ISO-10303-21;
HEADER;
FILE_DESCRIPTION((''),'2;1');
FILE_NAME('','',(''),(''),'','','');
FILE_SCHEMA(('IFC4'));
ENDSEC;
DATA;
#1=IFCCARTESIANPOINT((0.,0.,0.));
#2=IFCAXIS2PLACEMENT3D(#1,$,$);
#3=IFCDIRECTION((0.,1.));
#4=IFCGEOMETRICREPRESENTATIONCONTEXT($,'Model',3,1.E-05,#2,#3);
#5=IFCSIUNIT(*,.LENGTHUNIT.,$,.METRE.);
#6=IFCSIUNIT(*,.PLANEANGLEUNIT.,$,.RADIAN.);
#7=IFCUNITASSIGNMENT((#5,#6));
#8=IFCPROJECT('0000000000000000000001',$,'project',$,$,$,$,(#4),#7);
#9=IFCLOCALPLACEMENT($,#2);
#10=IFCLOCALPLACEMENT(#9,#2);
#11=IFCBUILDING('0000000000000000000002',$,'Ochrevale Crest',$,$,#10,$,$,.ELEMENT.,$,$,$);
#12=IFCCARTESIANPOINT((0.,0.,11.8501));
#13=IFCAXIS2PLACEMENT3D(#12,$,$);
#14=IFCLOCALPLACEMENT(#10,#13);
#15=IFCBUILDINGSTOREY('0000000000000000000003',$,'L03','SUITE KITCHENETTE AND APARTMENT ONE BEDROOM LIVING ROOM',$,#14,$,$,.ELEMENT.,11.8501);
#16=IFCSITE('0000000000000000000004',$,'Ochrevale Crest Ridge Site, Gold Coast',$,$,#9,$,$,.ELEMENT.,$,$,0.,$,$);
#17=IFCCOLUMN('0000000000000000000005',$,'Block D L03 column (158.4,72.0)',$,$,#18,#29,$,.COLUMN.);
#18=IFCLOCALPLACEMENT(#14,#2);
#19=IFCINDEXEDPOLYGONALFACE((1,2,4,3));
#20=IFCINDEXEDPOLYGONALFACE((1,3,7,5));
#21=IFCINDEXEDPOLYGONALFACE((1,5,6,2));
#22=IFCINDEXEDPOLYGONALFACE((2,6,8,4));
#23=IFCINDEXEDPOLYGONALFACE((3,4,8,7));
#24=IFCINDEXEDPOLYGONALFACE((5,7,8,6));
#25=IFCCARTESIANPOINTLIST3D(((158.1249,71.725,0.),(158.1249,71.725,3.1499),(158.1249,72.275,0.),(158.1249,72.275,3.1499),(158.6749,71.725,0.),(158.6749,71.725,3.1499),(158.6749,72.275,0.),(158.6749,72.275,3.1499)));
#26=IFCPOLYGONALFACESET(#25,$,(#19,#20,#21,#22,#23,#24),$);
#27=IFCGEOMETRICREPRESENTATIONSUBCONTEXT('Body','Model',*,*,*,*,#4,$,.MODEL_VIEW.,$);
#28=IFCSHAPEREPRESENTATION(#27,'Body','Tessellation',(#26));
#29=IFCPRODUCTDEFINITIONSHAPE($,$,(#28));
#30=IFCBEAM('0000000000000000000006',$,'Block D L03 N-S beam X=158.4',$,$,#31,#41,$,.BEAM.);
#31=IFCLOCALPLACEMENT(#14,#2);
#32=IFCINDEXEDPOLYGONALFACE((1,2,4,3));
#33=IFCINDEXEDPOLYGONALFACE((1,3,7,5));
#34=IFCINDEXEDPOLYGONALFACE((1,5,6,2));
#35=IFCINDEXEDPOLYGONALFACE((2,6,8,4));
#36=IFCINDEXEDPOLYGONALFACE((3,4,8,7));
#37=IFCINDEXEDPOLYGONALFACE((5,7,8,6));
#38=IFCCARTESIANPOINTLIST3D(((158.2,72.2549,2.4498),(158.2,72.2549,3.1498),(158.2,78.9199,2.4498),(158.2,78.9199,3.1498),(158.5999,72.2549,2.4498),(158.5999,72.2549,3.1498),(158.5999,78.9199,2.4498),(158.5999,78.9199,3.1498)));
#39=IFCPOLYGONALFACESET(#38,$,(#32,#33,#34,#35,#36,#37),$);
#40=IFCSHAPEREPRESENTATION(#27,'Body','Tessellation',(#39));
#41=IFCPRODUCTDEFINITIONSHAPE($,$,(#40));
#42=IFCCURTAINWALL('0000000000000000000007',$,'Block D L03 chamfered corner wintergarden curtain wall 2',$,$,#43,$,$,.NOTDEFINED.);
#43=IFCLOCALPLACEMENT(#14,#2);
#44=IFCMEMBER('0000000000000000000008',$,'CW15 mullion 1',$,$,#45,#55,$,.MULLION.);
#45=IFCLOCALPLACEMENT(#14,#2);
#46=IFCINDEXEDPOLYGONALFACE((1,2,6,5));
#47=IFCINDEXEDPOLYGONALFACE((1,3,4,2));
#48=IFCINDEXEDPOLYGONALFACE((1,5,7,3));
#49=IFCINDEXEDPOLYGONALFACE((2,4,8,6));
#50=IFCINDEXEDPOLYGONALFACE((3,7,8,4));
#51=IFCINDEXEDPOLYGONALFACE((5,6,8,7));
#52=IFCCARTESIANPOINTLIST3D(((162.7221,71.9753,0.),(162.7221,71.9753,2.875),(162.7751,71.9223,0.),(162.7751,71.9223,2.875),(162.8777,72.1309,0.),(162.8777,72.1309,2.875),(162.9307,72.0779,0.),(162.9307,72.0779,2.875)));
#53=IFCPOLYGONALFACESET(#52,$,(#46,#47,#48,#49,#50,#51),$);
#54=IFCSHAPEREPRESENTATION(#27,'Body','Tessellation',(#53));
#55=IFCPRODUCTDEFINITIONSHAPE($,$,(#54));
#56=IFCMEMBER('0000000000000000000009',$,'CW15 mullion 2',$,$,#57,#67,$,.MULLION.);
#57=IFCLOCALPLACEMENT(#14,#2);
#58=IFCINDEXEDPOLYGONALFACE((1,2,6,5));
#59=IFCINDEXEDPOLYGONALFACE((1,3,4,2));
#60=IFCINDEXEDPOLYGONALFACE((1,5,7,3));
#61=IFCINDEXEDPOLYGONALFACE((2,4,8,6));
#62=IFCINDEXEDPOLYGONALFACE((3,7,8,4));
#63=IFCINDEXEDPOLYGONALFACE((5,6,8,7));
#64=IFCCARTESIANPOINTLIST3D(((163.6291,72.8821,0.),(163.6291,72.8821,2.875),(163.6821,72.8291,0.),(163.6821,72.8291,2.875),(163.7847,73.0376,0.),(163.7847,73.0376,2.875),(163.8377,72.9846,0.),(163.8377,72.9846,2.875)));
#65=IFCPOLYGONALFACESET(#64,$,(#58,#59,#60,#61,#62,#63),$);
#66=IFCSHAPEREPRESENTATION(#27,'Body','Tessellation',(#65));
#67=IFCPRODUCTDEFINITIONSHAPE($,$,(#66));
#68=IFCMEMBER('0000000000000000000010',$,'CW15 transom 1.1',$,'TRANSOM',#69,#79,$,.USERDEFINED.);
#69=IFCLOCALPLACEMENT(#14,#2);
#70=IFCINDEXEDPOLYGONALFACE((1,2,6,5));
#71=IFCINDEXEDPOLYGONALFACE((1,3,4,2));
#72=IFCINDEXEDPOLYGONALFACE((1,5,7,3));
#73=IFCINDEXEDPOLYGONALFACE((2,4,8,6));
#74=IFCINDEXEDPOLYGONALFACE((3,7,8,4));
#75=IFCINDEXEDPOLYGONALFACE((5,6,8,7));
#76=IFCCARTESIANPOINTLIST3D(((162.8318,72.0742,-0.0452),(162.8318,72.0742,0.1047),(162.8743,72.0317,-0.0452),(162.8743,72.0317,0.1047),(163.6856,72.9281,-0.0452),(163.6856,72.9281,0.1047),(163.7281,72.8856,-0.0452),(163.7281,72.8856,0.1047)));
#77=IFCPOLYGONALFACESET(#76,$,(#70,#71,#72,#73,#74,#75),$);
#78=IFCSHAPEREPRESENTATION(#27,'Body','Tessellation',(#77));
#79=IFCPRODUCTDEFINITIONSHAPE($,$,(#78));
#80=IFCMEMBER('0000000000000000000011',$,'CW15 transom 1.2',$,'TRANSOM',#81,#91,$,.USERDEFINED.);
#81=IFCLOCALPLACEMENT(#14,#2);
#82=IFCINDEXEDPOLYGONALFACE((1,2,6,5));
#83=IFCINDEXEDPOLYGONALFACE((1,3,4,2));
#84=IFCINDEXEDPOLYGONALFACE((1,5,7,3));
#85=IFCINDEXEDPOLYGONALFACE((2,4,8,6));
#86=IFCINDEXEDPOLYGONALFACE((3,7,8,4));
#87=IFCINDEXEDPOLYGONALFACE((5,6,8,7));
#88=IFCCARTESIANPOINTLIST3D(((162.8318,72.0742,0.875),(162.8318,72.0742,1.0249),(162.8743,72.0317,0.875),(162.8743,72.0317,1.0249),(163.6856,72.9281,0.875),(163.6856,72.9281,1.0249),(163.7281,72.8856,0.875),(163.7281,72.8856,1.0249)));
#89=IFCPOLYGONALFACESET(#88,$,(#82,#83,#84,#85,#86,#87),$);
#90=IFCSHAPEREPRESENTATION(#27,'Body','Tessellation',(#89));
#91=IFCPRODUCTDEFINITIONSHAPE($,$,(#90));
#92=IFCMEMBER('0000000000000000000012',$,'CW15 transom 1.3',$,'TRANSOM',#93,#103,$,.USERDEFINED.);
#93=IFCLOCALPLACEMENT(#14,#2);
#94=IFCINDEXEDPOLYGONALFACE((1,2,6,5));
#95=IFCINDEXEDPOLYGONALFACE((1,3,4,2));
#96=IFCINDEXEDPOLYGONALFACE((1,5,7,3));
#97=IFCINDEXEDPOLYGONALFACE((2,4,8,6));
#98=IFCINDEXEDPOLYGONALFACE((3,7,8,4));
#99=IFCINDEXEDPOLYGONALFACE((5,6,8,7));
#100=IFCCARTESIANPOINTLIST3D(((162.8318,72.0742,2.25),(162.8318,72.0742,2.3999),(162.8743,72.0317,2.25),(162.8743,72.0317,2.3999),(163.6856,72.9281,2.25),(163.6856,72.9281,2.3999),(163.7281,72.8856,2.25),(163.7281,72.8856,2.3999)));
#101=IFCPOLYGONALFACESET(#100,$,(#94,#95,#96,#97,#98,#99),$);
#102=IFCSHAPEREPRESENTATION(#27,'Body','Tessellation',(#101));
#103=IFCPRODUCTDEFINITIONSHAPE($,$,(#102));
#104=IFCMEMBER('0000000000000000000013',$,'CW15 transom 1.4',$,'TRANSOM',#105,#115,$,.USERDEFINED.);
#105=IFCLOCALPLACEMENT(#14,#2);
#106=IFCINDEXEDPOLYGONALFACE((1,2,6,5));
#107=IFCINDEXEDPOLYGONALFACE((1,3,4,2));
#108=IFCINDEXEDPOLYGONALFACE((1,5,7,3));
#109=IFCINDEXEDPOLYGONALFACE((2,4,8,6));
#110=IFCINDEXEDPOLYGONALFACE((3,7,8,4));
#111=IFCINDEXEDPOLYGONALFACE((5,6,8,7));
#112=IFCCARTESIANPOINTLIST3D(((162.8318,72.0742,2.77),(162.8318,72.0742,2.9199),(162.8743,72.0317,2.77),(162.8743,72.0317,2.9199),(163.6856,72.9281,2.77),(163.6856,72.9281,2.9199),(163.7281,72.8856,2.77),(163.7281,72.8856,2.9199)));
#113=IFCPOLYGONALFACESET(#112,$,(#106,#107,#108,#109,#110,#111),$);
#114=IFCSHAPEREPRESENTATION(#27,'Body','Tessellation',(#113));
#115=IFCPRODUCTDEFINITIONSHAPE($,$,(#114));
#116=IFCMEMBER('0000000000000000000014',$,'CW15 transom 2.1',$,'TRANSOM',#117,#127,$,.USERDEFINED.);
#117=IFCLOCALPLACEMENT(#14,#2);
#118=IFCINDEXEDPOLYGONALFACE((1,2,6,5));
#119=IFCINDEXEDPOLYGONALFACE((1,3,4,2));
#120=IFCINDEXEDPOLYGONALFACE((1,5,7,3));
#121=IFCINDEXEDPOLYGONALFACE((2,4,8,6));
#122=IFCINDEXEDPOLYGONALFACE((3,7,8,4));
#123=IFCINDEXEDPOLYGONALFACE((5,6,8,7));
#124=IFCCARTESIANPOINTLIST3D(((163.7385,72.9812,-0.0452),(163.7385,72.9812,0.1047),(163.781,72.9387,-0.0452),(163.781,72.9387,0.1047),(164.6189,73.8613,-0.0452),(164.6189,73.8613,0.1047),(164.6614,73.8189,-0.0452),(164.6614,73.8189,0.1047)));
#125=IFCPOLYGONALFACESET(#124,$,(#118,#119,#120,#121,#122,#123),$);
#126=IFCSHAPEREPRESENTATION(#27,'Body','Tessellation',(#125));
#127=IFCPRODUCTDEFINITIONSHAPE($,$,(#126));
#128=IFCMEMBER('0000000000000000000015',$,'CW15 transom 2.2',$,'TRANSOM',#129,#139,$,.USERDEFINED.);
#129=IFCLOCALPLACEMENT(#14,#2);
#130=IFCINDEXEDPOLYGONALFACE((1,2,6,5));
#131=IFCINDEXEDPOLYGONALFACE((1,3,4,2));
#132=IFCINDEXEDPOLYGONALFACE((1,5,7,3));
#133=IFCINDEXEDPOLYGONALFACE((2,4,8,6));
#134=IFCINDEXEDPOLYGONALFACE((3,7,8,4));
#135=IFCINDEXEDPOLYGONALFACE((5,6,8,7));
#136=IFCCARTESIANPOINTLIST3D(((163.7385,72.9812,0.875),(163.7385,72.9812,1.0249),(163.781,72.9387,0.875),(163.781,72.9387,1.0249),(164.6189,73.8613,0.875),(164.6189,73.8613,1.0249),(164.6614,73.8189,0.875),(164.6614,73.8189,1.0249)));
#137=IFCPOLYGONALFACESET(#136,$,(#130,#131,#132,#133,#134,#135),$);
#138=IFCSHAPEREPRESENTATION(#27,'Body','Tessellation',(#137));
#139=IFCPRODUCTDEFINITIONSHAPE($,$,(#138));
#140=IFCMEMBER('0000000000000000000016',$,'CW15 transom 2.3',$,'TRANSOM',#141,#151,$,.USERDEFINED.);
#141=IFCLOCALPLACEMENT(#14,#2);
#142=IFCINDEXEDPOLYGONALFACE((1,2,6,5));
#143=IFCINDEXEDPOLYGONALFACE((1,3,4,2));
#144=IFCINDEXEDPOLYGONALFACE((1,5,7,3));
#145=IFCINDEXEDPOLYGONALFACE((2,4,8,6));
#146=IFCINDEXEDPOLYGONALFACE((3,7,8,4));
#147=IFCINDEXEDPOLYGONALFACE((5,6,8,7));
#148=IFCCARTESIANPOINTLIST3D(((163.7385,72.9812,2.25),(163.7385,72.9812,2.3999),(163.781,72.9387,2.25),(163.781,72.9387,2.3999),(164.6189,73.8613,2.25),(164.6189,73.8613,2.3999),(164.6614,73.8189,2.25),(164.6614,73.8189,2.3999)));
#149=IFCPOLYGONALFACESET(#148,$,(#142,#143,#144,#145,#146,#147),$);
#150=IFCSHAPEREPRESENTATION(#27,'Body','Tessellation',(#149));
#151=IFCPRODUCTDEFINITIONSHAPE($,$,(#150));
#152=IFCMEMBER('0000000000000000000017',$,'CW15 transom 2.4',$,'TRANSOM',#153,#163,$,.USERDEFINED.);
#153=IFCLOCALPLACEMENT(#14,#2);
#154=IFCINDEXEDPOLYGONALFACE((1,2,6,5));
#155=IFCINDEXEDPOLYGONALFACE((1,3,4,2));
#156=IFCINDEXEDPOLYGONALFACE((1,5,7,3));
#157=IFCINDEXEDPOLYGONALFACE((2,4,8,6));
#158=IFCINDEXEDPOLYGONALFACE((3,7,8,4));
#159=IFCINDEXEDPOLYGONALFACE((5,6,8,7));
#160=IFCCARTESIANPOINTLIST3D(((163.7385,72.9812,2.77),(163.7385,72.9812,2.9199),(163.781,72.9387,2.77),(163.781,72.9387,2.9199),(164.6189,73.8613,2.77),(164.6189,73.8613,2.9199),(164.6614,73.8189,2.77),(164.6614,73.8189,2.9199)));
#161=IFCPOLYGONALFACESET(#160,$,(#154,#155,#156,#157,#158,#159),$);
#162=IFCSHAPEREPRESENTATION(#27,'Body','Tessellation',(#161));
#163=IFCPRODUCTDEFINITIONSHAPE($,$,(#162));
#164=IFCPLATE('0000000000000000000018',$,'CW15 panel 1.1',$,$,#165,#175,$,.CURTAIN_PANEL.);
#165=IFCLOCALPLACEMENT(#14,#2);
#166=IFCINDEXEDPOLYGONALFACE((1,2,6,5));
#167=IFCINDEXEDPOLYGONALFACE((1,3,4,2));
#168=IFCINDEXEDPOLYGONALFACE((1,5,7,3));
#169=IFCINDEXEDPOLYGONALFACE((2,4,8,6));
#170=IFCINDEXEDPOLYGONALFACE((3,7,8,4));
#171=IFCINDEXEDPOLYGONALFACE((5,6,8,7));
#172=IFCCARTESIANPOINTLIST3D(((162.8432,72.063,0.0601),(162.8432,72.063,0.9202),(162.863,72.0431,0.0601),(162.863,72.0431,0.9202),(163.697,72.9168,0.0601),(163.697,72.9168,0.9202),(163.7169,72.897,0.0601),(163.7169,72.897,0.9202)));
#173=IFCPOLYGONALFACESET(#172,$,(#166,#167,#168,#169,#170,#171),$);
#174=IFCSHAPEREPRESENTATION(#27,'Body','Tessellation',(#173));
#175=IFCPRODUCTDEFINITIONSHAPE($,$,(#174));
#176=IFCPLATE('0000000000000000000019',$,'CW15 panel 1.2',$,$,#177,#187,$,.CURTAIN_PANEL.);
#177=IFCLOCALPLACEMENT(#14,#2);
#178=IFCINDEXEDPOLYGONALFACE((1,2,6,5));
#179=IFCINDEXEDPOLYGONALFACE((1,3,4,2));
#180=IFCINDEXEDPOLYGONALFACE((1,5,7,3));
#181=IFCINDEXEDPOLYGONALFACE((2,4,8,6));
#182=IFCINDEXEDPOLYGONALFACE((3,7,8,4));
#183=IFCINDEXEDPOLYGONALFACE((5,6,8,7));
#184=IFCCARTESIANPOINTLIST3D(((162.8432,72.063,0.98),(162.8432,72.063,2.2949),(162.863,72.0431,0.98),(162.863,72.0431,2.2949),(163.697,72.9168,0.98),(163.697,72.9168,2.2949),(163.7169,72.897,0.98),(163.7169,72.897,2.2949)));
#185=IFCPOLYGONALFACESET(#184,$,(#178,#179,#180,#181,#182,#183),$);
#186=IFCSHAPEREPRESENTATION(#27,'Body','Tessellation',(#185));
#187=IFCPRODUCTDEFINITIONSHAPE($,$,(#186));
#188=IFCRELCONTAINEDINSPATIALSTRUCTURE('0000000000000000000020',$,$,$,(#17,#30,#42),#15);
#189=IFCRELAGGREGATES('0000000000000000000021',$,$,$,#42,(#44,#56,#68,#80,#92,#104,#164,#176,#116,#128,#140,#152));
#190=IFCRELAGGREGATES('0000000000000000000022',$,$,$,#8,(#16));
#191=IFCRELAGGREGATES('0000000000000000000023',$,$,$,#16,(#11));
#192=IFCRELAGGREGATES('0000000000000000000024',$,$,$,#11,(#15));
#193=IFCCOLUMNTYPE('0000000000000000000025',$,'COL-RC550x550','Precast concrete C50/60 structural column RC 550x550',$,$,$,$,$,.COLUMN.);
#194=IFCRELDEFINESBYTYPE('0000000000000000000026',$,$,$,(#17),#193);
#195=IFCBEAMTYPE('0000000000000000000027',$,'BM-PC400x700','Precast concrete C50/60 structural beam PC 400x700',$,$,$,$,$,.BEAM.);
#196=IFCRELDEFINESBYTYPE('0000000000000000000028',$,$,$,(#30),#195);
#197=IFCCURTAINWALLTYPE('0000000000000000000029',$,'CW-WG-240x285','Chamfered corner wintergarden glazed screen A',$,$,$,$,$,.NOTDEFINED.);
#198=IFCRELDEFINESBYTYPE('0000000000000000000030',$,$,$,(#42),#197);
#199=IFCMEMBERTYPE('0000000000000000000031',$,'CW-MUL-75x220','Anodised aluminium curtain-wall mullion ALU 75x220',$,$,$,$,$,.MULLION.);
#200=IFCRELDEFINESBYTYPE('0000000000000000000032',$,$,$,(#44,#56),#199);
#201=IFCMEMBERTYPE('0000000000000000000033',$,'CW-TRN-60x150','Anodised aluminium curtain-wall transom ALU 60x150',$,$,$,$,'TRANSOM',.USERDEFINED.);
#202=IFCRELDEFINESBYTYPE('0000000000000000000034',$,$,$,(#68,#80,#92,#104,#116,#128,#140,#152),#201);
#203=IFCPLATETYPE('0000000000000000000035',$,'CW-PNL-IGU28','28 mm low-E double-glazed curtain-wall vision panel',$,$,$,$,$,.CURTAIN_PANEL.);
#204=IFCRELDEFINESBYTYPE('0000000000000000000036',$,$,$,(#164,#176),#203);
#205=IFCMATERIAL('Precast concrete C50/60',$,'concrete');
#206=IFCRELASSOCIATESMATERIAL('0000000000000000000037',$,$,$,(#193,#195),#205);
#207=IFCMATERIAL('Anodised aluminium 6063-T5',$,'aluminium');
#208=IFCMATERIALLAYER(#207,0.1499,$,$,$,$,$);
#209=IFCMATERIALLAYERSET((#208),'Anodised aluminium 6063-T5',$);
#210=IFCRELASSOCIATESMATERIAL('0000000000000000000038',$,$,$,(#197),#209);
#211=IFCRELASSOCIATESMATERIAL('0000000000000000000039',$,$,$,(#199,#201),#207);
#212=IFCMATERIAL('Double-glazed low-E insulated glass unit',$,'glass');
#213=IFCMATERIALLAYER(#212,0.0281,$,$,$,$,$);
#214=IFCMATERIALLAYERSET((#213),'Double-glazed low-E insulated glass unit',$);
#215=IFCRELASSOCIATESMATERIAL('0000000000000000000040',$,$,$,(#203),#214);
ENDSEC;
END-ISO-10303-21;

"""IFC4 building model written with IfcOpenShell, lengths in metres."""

from ifc_helpers import new_model, si_unit, direction, frame, origin, origin_2d, place, context, subcontext, project, spatial, rectangle, extrude, material, layer, layer_set, material_profile, profile_set, type_object, element, aggregate, save


model = new_model("IFC4")

# Units and contexts
model_context = context("Model", 3, precision=1e-05, world=origin(), true_north=direction((0.0, 1.0)))
body_context = subcontext(model_context, "Body", "Model", "MODEL_VIEW")
ifc_project = project(units=[si_unit("LENGTHUNIT", "METRE"), si_unit("PLANEANGLEUNIT", "RADIAN")], contexts=[model_context])

# Site, building, storey
site_placement = place(None, origin())
site = spatial("IfcSite", under=ifc_project, at=site_placement, Name="Ochrevale Crest Ridge Site, Gold Coast", CompositionType="ELEMENT", RefElevation=0.0)
building_placement = place(site_placement, origin())
building = spatial("IfcBuilding", under=site, at=building_placement, Name="Ochrevale Crest", CompositionType="ELEMENT")
storey_placement = place(building_placement, frame((0.0, 0.0, 11.8501)))
storey = spatial("IfcBuildingStorey", under=building, at=storey_placement, Name="L03", Description="SUITE KITCHENETTE AND APARTMENT ONE BEDROOM LIVING ROOM", CompositionType="ELEMENT", Elevation=11.8501)

# Column
ifc_material_1 = material(Name="Precast concrete C50/60", Category="concrete")
ifc_material_profile_1 = material_profile(ifc_material_1, rectangle(XDim=0.55, YDim=0.55, at=origin_2d()), Name="RC 550x550")
ifc_profile_set_1 = profile_set([ifc_material_profile_1], Name="Precast concrete C50/60")
column_type = type_object("IfcColumnType", Name="COL-RC550x550", Description="Precast concrete C50/60 structural column RC 550x550", PredefinedType="COLUMN", material=ifc_profile_set_1)
column_placement = place(storey_placement, frame((158.3999, 72.0, 0.0), z_axis=(0.0, 0.0, 1.0), x_axis=(1.0, 0.0, 0.0)))
element("IfcColumn", 1, at=column_placement, inside=storey, type_object=column_type, Name="Block D L03 column (158.4,72.0)", PredefinedType="COLUMN", context=body_context, shape_type="SweptSolid", body=[
    extrude(rectangle(XDim=0.55, YDim=0.55, at=origin_2d()), origin(), (0.0, 0.0, 1.0), 3.1499),
])

# Beam
ifc_material_profile_2 = material_profile(ifc_material_1, rectangle(XDim=0.3999, YDim=0.7, at=origin_2d()), Name="PC 400x700")
ifc_profile_set_2 = profile_set([ifc_material_profile_2], Name="Precast concrete C50/60")
beam_type = type_object("IfcBeamType", Name="BM-PC400x700", Description="Precast concrete C50/60 structural beam PC 400x700", PredefinedType="BEAM", material=ifc_profile_set_2)
beam_placement = place(storey_placement, frame((158.3999, 72.2549, 2.7998), z_axis=(0.0, 1.0, 0.0), x_axis=(-1.0, 0.0, 0.0)))
element("IfcBeam", 2, at=beam_placement, inside=storey, type_object=beam_type, Name="Block D L03 N-S beam X=158.4", PredefinedType="BEAM", context=body_context, shape_type="SweptSolid", body=[
    extrude(rectangle(XDim=0.3999, YDim=0.7, at=origin_2d()), origin(), (0.0, 0.0, 1.0), 6.665),
])

# Curtain wall, members, plates
ifc_material_2 = material(Name="Anodised aluminium 6063-T5", Category="aluminium")
ifc_layer_1 = layer(ifc_material_2, 0.1499)
ifc_layer_set_1 = layer_set([ifc_layer_1], Name="Anodised aluminium 6063-T5")
curtain_wall_type = type_object("IfcCurtainWallType", Name="CW-WG-240x285", Description="Chamfered corner wintergarden glazed screen A", PredefinedType="NOTDEFINED", material=ifc_layer_set_1)
curtain_wall_placement = place(storey_placement, origin())
curtain_wall = element("IfcCurtainWall", 3, at=curtain_wall_placement, inside=storey, type_object=curtain_wall_type, Name="Block D L03 chamfered corner wintergarden curtain wall 2", PredefinedType="NOTDEFINED")
ifc_material_profile_3 = material_profile(ifc_material_2, rectangle(XDim=0.075, YDim=0.22, at=origin_2d()), Name="ALU 75x220")
ifc_profile_set_3 = profile_set([ifc_material_profile_3], Name="Anodised aluminium 6063-T5")
member_type_1 = type_object("IfcMemberType", Name="CW-MUL-75x220", Description="Anodised aluminium curtain-wall mullion ALU 75x220", PredefinedType="MULLION", material=ifc_profile_set_3)
member_1_placement = place(storey_placement, frame((162.8264, 72.0266, 0.0), z_axis=(0.0, 0.0, 1.0), x_axis=(-0.707107, 0.707107, 0.0)))
member_1 = element("IfcMember", 4, at=member_1_placement, type_object=member_type_1, Name="CW15 mullion 1", PredefinedType="MULLION", context=body_context, shape_type="SweptSolid", body=[
    extrude(rectangle(XDim=0.075, YDim=0.22, at=origin_2d()), origin(), (0.0, 0.0, 1.0), 2.875),
])
member_2_placement = place(storey_placement, frame((163.7334, 72.9333, 0.0), z_axis=(0.0, 0.0, 1.0), x_axis=(-0.707107, 0.707107, 0.0)))
member_2 = element("IfcMember", 5, at=member_2_placement, type_object=member_type_1, Name="CW15 mullion 2", PredefinedType="MULLION", context=body_context, shape_type="SweptSolid", body=[
    extrude(rectangle(XDim=0.075, YDim=0.22, at=origin_2d()), origin(), (0.0, 0.0, 1.0), 2.875),
])
ifc_material_profile_4 = material_profile(ifc_material_2, rectangle(XDim=0.0601, YDim=0.1499, at=origin_2d()), Name="ALU 60x150")
ifc_profile_set_4 = profile_set([ifc_material_profile_4], Name="Anodised aluminium 6063-T5")
member_type_2 = type_object("IfcMemberType", Name="CW-TRN-60x150", Description="Anodised aluminium curtain-wall transom ALU 60x150", ElementType="TRANSOM", PredefinedType="USERDEFINED", material=ifc_profile_set_4)
member_3_placement = place(storey_placement, frame((162.853, 72.053, 0.0298), z_axis=(0.707107, 0.707107, 0.0), x_axis=(-0.707107, 0.707107, 0.0)))
member_3 = element("IfcMember", 6, at=member_3_placement, type_object=member_type_2, Name="CW15 transom 1.1", ObjectType="TRANSOM", PredefinedType="USERDEFINED", context=body_context, shape_type="SweptSolid", body=[
    extrude(rectangle(XDim=0.0601, YDim=0.1499, at=origin_2d()), origin(), (0.0, 0.0, 1.0), 1.2075),
])
member_4_placement = place(storey_placement, frame((162.853, 72.053, 0.95), z_axis=(0.707107, 0.707107, 0.0), x_axis=(-0.707107, 0.707107, 0.0)))
member_4 = element("IfcMember", 7, at=member_4_placement, type_object=member_type_2, Name="CW15 transom 1.2", ObjectType="TRANSOM", PredefinedType="USERDEFINED", context=body_context, shape_type="SweptSolid", body=[
    extrude(rectangle(XDim=0.0601, YDim=0.1499, at=origin_2d()), origin(), (0.0, 0.0, 1.0), 1.2075),
])
member_5_placement = place(storey_placement, frame((162.853, 72.053, 2.325), z_axis=(0.707107, 0.707107, 0.0), x_axis=(-0.707107, 0.707107, 0.0)))
member_5 = element("IfcMember", 8, at=member_5_placement, type_object=member_type_2, Name="CW15 transom 1.3", ObjectType="TRANSOM", PredefinedType="USERDEFINED", context=body_context, shape_type="SweptSolid", body=[
    extrude(rectangle(XDim=0.0601, YDim=0.1499, at=origin_2d()), origin(), (0.0, 0.0, 1.0), 1.2075),
])
member_6_placement = place(storey_placement, frame((162.853, 72.053, 2.845), z_axis=(0.707107, 0.707107, 0.0), x_axis=(-0.707107, 0.707107, 0.0)))
member_6 = element("IfcMember", 9, at=member_6_placement, type_object=member_type_2, Name="CW15 transom 1.4", ObjectType="TRANSOM", PredefinedType="USERDEFINED", context=body_context, shape_type="SweptSolid", body=[
    extrude(rectangle(XDim=0.0601, YDim=0.1499, at=origin_2d()), origin(), (0.0, 0.0, 1.0), 1.2075),
])
member_7_placement = place(storey_placement, frame((163.7598, 72.96, 0.0298), z_axis=(0.707205, 0.707009, 0.0), x_axis=(-0.707009, 0.707205, 0.0)))
member_7 = element("IfcMember", 10, at=member_7_placement, type_object=member_type_2, Name="CW15 transom 2.1", ObjectType="TRANSOM", PredefinedType="USERDEFINED", context=body_context, shape_type="SweptSolid", body=[
    extrude(rectangle(XDim=0.0601, YDim=0.1499, at=origin_2d()), origin(), (0.0, 0.0, 1.0), 1.2449),
])
member_8_placement = place(storey_placement, frame((163.7598, 72.96, 0.95), z_axis=(0.707205, 0.707009, 0.0), x_axis=(-0.707009, 0.707205, 0.0)))
member_8 = element("IfcMember", 11, at=member_8_placement, type_object=member_type_2, Name="CW15 transom 2.2", ObjectType="TRANSOM", PredefinedType="USERDEFINED", context=body_context, shape_type="SweptSolid", body=[
    extrude(rectangle(XDim=0.0601, YDim=0.1499, at=origin_2d()), origin(), (0.0, 0.0, 1.0), 1.2449),
])
member_9_placement = place(storey_placement, frame((163.7598, 72.96, 2.325), z_axis=(0.707205, 0.707009, 0.0), x_axis=(-0.707009, 0.707205, 0.0)))
member_9 = element("IfcMember", 12, at=member_9_placement, type_object=member_type_2, Name="CW15 transom 2.3", ObjectType="TRANSOM", PredefinedType="USERDEFINED", context=body_context, shape_type="SweptSolid", body=[
    extrude(rectangle(XDim=0.0601, YDim=0.1499, at=origin_2d()), origin(), (0.0, 0.0, 1.0), 1.2449),
])
member_10_placement = place(storey_placement, frame((163.7598, 72.96, 2.845), z_axis=(0.707205, 0.707009, 0.0), x_axis=(-0.707009, 0.707205, 0.0)))
member_10 = element("IfcMember", 13, at=member_10_placement, type_object=member_type_2, Name="CW15 transom 2.4", ObjectType="TRANSOM", PredefinedType="USERDEFINED", context=body_context, shape_type="SweptSolid", body=[
    extrude(rectangle(XDim=0.0601, YDim=0.1499, at=origin_2d()), origin(), (0.0, 0.0, 1.0), 1.2449),
])
ifc_material_3 = material(Name="Double-glazed low-E insulated glass unit", Category="glass")
ifc_layer_2 = layer(ifc_material_3, 0.0281)
ifc_layer_set_2 = layer_set([ifc_layer_2], Name="Double-glazed low-E insulated glass unit")
plate_type_1 = type_object("IfcPlateType", Name="CW-PNL-IGU28", Description="28 mm low-E double-glazed curtain-wall vision panel", PredefinedType="CURTAIN_PANEL", material=ifc_layer_set_2)
plate_1_placement = place(storey_placement, frame((163.28, 72.48, 0.0601), z_axis=(0.0, 0.0, 1.0), x_axis=(0.707107, 0.707107, 0.0)))
plate_1 = element("IfcPlate", 14, at=plate_1_placement, type_object=plate_type_1, Name="CW15 panel 1.1", PredefinedType="CURTAIN_PANEL", context=body_context, shape_type="SweptSolid", body=[
    extrude(rectangle(XDim=1.2075, YDim=0.0281, at=origin_2d()), origin(), (0.0, 0.0, 1.0), 0.8601),
])
plate_2_placement = place(storey_placement, frame((163.28, 72.48, 0.98), z_axis=(0.0, 0.0, 1.0), x_axis=(0.707107, 0.707107, 0.0)))
plate_2 = element("IfcPlate", 15, at=plate_2_placement, type_object=plate_type_1, Name="CW15 panel 1.2", PredefinedType="CURTAIN_PANEL", context=body_context, shape_type="SweptSolid", body=[
    extrude(rectangle(XDim=1.2075, YDim=0.0281, at=origin_2d()), origin(), (0.0, 0.0, 1.0), 1.3149),
])
aggregate(curtain_wall, [member_1, member_2, member_3, member_4, member_5, member_6, plate_1, plate_2, member_7, member_8, member_9, member_10])

save(model, "model.ifc")
